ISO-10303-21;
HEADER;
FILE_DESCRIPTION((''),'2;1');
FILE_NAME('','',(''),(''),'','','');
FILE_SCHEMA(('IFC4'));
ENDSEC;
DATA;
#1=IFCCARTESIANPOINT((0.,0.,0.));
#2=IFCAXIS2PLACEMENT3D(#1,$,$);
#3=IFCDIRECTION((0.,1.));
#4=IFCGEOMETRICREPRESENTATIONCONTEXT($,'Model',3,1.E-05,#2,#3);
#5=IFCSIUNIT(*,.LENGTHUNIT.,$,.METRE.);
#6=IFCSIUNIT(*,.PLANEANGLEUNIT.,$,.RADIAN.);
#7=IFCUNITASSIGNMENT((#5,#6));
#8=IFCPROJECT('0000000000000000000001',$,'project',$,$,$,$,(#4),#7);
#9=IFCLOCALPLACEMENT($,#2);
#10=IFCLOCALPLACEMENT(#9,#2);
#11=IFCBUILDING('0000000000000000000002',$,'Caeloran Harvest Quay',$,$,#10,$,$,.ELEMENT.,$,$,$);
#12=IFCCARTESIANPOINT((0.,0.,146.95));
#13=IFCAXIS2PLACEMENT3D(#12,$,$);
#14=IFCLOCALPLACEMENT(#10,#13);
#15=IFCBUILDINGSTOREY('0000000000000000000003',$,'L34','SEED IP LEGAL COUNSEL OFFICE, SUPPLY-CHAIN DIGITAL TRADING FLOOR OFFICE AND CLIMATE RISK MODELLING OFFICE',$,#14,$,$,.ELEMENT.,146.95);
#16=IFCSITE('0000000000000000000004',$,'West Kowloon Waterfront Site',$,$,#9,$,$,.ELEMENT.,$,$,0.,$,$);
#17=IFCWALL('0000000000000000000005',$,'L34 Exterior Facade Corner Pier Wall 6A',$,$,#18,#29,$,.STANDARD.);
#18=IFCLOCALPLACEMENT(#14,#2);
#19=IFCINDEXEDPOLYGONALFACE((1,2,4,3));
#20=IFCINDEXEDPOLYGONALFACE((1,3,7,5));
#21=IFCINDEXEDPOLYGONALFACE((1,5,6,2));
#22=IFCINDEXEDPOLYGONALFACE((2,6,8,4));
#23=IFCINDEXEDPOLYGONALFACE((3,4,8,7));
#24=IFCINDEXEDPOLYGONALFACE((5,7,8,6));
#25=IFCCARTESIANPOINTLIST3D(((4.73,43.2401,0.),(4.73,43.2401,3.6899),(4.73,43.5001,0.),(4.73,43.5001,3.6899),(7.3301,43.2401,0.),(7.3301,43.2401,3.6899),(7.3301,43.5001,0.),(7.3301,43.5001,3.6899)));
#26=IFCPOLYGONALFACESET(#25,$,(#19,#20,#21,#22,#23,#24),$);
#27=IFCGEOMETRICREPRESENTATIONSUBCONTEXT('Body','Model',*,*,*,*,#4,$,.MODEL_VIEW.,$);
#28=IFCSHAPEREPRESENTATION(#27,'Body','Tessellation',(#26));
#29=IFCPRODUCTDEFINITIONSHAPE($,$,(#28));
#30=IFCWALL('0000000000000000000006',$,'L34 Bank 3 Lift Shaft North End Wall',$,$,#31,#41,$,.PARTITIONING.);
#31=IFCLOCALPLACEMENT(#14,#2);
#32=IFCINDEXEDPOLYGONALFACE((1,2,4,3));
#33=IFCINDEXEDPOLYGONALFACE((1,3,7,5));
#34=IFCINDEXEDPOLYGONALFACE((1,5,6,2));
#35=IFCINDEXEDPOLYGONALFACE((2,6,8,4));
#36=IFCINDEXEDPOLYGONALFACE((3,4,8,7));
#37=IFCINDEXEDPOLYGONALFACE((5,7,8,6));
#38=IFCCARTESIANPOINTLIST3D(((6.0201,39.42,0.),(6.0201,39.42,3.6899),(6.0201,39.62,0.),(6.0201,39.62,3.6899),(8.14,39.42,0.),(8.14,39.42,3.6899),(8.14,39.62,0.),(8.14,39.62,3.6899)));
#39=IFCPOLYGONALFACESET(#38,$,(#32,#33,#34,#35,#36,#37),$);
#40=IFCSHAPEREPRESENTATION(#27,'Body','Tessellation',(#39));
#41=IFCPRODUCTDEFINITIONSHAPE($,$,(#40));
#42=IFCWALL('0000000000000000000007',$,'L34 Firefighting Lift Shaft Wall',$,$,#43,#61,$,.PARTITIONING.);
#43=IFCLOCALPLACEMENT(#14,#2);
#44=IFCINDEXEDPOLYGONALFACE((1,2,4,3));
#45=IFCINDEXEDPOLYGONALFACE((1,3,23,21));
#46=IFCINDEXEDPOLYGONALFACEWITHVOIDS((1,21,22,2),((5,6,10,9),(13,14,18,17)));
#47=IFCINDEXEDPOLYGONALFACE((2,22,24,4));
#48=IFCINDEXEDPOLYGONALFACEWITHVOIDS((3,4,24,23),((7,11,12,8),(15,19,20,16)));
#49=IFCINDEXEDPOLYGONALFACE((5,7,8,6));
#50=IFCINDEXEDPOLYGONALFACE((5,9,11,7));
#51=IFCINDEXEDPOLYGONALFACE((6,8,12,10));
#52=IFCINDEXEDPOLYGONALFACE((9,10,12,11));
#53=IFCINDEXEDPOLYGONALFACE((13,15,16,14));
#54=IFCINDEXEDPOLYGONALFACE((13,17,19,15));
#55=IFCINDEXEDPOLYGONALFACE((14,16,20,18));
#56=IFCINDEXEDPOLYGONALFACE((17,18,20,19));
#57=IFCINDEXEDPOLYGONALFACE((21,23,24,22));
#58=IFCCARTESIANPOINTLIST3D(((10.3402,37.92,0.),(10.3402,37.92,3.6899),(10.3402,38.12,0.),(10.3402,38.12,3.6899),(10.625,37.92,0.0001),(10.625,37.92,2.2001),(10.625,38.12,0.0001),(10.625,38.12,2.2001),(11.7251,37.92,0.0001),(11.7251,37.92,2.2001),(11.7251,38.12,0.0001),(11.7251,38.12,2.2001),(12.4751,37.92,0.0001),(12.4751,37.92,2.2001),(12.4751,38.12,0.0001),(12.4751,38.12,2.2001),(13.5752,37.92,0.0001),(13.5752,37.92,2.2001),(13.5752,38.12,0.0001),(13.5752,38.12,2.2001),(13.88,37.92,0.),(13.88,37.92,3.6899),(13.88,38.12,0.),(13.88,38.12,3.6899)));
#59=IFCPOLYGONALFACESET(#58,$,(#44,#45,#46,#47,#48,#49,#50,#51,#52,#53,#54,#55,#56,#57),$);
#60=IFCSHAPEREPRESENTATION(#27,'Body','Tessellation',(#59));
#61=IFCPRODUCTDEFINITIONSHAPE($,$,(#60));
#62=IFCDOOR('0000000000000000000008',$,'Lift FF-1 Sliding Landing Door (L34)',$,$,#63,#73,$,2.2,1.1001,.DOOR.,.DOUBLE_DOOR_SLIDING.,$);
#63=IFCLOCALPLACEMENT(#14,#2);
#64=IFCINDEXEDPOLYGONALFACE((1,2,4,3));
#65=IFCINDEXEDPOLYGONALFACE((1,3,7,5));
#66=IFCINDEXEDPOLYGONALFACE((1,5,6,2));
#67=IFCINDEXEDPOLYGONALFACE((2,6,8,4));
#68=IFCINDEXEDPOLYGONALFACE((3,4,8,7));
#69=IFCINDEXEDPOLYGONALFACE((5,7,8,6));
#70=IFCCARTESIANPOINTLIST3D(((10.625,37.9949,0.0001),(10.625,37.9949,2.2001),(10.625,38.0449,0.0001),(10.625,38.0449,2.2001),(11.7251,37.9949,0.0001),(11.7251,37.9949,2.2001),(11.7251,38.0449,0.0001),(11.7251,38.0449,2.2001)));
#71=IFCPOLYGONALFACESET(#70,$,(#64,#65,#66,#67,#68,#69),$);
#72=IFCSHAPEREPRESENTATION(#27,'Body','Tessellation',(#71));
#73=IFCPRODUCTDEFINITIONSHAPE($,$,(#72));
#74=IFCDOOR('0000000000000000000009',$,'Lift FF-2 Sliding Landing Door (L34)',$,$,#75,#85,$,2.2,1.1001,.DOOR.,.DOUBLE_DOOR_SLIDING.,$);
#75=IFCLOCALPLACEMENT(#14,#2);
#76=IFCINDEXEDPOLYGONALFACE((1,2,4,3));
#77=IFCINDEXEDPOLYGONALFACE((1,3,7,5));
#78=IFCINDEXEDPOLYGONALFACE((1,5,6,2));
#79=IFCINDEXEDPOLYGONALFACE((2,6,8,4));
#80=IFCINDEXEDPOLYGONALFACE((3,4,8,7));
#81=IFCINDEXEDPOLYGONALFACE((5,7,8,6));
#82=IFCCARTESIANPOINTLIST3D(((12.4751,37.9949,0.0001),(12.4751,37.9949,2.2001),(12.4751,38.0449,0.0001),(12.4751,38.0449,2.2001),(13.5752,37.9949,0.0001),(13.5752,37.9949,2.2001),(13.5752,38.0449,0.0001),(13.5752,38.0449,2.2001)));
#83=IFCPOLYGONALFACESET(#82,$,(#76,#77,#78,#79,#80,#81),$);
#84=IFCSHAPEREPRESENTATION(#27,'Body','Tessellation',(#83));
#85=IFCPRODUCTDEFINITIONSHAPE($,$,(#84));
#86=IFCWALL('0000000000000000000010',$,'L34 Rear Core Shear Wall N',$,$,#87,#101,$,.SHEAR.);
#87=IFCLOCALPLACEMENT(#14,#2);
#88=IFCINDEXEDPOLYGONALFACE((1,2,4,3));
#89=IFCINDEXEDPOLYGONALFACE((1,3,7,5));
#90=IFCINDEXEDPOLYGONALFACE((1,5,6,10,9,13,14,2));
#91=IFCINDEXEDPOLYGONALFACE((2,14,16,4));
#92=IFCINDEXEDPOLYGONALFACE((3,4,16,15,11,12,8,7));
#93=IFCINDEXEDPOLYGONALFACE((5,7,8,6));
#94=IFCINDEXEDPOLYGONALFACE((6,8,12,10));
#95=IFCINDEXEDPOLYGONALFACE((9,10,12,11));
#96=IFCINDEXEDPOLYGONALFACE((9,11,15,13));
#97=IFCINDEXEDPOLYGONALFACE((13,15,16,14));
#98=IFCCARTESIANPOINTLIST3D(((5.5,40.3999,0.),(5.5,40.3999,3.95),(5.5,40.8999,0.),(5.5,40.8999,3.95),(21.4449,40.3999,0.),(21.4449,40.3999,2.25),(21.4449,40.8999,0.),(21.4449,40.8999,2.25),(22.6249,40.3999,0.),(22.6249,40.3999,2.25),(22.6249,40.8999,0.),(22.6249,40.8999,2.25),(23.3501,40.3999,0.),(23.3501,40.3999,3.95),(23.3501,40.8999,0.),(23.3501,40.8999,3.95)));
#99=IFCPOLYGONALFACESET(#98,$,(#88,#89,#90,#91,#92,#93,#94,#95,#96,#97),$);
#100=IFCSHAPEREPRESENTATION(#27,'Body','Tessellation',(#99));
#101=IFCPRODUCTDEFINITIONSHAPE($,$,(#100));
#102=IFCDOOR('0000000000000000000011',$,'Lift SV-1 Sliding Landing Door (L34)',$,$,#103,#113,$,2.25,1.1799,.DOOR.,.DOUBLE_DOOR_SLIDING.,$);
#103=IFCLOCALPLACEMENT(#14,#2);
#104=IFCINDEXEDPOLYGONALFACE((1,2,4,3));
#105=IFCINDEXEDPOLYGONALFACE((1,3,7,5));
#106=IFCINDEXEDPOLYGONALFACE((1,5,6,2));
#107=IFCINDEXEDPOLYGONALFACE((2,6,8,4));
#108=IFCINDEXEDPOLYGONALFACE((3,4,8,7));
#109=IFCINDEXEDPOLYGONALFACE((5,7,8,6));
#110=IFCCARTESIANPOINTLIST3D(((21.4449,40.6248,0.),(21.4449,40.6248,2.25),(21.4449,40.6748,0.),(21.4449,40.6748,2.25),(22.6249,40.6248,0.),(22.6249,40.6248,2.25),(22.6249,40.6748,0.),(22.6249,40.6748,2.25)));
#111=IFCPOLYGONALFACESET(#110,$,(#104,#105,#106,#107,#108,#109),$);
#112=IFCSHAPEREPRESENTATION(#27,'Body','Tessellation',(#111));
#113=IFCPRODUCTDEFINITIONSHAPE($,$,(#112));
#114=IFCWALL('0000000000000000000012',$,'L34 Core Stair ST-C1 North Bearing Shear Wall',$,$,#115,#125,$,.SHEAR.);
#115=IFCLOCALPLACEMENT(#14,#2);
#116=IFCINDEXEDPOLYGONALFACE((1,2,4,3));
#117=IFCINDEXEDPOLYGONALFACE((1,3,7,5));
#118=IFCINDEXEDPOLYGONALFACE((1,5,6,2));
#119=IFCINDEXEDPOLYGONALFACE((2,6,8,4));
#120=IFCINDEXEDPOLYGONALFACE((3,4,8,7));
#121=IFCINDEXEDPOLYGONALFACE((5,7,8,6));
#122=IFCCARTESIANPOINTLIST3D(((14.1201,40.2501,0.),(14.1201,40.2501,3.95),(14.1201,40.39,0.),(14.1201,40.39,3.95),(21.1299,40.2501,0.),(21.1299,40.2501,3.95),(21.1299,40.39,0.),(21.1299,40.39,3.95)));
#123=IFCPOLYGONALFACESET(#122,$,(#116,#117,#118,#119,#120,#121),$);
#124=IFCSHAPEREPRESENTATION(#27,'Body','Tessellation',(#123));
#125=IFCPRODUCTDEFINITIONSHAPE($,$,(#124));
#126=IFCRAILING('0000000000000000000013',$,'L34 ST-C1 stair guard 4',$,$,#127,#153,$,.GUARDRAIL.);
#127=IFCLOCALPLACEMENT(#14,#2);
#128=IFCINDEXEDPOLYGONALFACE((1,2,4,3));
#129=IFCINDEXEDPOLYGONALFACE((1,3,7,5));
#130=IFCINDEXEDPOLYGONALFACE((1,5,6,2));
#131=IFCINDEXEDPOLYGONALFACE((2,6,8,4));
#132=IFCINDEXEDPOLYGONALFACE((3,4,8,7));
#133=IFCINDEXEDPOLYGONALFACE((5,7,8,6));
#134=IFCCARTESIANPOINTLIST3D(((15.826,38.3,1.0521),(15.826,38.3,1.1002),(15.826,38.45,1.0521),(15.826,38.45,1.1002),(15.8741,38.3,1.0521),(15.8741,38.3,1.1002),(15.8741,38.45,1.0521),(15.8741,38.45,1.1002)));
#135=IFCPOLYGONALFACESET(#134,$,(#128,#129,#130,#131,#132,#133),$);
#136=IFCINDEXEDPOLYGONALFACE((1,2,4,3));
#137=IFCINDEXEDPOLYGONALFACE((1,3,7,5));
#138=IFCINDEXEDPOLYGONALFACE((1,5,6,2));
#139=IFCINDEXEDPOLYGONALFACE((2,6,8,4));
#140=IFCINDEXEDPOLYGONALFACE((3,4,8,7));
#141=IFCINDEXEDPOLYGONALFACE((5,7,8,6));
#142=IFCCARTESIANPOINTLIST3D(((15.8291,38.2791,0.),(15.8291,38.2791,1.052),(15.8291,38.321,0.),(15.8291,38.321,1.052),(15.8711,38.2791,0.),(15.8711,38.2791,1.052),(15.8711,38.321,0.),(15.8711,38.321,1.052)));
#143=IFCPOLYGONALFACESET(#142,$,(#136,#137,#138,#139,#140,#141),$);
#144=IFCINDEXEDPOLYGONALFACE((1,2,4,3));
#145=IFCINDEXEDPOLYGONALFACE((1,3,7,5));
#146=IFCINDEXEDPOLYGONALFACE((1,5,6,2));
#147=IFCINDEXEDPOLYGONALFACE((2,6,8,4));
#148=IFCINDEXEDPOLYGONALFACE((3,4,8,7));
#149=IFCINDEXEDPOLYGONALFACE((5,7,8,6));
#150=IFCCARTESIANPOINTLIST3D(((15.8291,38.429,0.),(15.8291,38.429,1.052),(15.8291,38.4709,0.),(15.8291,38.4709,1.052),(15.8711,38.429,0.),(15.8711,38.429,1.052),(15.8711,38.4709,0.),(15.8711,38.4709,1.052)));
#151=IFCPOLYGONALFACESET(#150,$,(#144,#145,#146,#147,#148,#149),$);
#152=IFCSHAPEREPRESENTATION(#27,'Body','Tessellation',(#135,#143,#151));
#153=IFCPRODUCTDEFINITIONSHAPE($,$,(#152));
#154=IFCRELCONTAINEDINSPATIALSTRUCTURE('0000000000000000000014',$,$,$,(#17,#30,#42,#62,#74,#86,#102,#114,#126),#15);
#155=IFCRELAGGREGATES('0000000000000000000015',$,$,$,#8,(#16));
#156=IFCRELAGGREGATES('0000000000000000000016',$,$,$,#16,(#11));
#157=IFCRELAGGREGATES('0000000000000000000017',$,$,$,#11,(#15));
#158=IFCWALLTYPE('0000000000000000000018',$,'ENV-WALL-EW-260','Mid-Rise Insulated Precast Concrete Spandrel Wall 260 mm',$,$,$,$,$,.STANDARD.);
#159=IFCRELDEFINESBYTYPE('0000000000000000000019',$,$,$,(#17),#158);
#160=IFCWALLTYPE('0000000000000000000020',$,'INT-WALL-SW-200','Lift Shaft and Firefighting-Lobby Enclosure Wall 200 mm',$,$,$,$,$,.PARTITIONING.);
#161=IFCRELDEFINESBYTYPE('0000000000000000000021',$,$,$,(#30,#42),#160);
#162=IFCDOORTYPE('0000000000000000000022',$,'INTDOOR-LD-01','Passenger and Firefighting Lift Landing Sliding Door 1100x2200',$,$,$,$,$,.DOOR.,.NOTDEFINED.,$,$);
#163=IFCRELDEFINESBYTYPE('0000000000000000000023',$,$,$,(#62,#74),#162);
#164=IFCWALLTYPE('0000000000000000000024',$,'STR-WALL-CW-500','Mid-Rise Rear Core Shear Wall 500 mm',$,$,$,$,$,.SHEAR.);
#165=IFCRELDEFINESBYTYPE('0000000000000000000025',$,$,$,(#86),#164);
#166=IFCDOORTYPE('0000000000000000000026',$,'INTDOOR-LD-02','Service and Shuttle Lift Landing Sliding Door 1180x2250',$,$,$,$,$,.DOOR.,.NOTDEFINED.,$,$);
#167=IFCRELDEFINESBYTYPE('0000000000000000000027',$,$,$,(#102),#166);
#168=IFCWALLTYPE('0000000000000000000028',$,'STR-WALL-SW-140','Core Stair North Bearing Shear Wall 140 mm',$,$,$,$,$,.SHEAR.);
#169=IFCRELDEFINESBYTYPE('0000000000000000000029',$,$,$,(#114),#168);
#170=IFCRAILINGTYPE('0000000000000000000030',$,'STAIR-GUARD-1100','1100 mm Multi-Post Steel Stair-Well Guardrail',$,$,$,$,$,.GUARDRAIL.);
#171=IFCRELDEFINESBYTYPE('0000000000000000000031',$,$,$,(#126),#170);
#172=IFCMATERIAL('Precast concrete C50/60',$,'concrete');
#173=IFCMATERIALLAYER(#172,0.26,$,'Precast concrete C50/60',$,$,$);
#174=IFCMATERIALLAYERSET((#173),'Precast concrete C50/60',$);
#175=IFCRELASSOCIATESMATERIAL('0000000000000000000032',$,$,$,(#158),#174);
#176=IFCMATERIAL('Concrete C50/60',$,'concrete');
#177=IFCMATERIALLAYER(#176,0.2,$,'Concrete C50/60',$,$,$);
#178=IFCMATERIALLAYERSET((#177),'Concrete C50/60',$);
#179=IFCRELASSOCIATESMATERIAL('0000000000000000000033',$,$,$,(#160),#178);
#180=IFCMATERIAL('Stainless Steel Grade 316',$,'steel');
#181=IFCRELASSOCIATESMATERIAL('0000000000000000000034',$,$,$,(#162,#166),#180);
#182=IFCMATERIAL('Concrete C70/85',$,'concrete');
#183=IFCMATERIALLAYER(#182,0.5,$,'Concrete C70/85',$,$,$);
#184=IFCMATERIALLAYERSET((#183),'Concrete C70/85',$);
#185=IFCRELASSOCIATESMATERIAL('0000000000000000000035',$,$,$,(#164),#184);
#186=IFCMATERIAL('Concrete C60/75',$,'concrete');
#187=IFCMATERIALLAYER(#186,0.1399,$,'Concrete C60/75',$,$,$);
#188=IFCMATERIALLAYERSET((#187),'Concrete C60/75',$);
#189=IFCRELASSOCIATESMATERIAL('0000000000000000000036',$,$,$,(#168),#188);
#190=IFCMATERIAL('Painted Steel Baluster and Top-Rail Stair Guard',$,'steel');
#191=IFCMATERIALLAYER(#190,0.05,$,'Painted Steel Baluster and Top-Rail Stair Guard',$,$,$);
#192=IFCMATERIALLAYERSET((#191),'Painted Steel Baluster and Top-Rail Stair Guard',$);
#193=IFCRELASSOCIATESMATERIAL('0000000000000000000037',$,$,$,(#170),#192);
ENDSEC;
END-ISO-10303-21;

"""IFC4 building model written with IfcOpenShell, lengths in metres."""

from ifc_helpers import new_model, si_unit, direction, frame, frame_2d, origin, origin_2d, place, context, subcontext, project, spatial, rectangle, extrude, material, layer, layer_set, type_object, element, fill, save


model = new_model("IFC4")

# Units and contexts
model_context = context("Model", 3, precision=1e-05, world=origin(), true_north=direction((0.0, 1.0)))
body_context = subcontext(model_context, "Body", "Model", "MODEL_VIEW")
ifc_project = project(units=[si_unit("LENGTHUNIT", "METRE"), si_unit("PLANEANGLEUNIT", "RADIAN")], contexts=[model_context])

# Site, building, storey
site_placement = place(None, origin())
site = spatial("IfcSite", under=ifc_project, at=site_placement, Name="West Kowloon Waterfront Site", CompositionType="ELEMENT", RefElevation=0.0)
building_placement = place(site_placement, origin())
building = spatial("IfcBuilding", under=site, at=building_placement, Name="Caeloran Harvest Quay", CompositionType="ELEMENT")
storey_placement = place(building_placement, frame((0.0, 0.0, 146.95)))
storey = spatial("IfcBuildingStorey", under=building, at=storey_placement, Name="L34", Description="SEED IP LEGAL COUNSEL OFFICE, SUPPLY-CHAIN DIGITAL TRADING FLOOR OFFICE AND CLIMATE RISK MODELLING OFFICE", CompositionType="ELEMENT", Elevation=146.95)

# Walls
ifc_material_1 = material(Name="Precast concrete C50/60", Category="concrete")
ifc_layer_1 = layer(ifc_material_1, 0.26, Name="Precast concrete C50/60")
ifc_layer_set_1 = layer_set([ifc_layer_1], Name="Precast concrete C50/60")
wall_type_1 = type_object("IfcWallType", Name="ENV-WALL-EW-260", Description="Mid-Rise Insulated Precast Concrete Spandrel Wall 260 mm", PredefinedType="STANDARD", material=ifc_layer_set_1)
wall_1_placement = place(storey_placement, frame((4.73, 43.3701, 0.0), z_axis=(0.0, 0.0, 1.0), x_axis=(1.0, 0.0, 0.0)))
element("IfcWall", 1, at=wall_1_placement, inside=storey, type_object=wall_type_1, Name="L34 Exterior Facade Corner Pier Wall 6A", PredefinedType="STANDARD", context=body_context, shape_type="SweptSolid", body=[
    extrude(rectangle(XDim=2.6001, YDim=0.26, at=frame_2d((1.3, 0.0))), origin(), (0.0, 0.0, 1.0), 3.6899),
])
ifc_material_2 = material(Name="Concrete C50/60", Category="concrete")
ifc_layer_2 = layer(ifc_material_2, 0.2, Name="Concrete C50/60")
ifc_layer_set_2 = layer_set([ifc_layer_2], Name="Concrete C50/60")
wall_type_2 = type_object("IfcWallType", Name="INT-WALL-SW-200", Description="Lift Shaft and Firefighting-Lobby Enclosure Wall 200 mm", PredefinedType="PARTITIONING", material=ifc_layer_set_2)
wall_2_placement = place(storey_placement, frame((6.02, 39.52, 0.0), z_axis=(0.0, 0.0, 1.0), x_axis=(1.0, 0.0, 0.0)))
element("IfcWall", 2, at=wall_2_placement, inside=storey, type_object=wall_type_2, Name="L34 Bank 3 Lift Shaft North End Wall", PredefinedType="PARTITIONING", context=body_context, shape_type="SweptSolid", body=[
    extrude(rectangle(XDim=2.1199, YDim=0.2, at=frame_2d((1.0601, 0.0))), origin(), (0.0, 0.0, 1.0), 3.6899),
])

# Wall, openings, doors
wall_3_placement = place(storey_placement, frame((10.3401, 38.02, 0.0), z_axis=(0.0, 0.0, 1.0), x_axis=(1.0, 0.0, 0.0)))
wall_3 = element("IfcWall", 3, at=wall_3_placement, inside=storey, type_object=wall_type_2, Name="L34 Firefighting Lift Shaft Wall", PredefinedType="PARTITIONING", context=body_context, shape_type="SweptSolid", body=[
    extrude(rectangle(XDim=3.5398, YDim=0.2, at=frame_2d((1.77, 0.0))), origin(), (0.0, 0.0, 1.0), 3.6899),
])
opening_1_placement = place(wall_3_placement, frame((0.2849, 0.0, 0.0)))
opening_1 = element("IfcOpeningElement", 4, at=opening_1_placement, cuts=wall_3, PredefinedType="OPENING", context=body_context, shape_type="SweptSolid", body=[
    extrude(rectangle(XDim=1.1001, YDim=2.2, at=frame_2d((0.55, 1.1001))), frame((0.0, 0.1099, 0.0), z_axis=(0.0, -1.0, 0.0), x_axis=(1.0, 0.0, 0.0)), (0.0, 0.0, 1.0), 0.22),
])
opening_2_placement = place(wall_3_placement, frame((2.135, 0.0, 0.0)))
opening_2 = element("IfcOpeningElement", 5, at=opening_2_placement, cuts=wall_3, PredefinedType="OPENING", context=body_context, shape_type="SweptSolid", body=[
    extrude(rectangle(XDim=1.1001, YDim=2.2, at=frame_2d((0.55, 1.1001))), frame((0.0, 0.1099, 0.0), z_axis=(0.0, -1.0, 0.0), x_axis=(1.0, 0.0, 0.0)), (0.0, 0.0, 1.0), 0.22),
])
ifc_material_3 = material(Name="Stainless Steel Grade 316", Category="steel")
door_type_1 = type_object("IfcDoorType", Name="INTDOOR-LD-01", Description="Passenger and Firefighting Lift Landing Sliding Door 1100x2200", OperationType="NOTDEFINED", PredefinedType="DOOR", material=ifc_material_3)
door_1_placement = place(opening_1_placement, origin())
door_1 = element("IfcDoor", 6, at=door_1_placement, inside=storey, type_object=door_type_1, Name="Lift FF-1 Sliding Landing Door (L34)", OperationType="DOUBLE_DOOR_SLIDING", OverallHeight=2.2, OverallWidth=1.1001, PredefinedType="DOOR", context=body_context, shape_type="SweptSolid", body=[
    extrude(rectangle(XDim=1.1001, YDim=2.2, at=frame_2d((0.55, 1.1001))), frame((0.0, 0.0249, 0.0), z_axis=(0.0, -1.0, 0.0), x_axis=(1.0, 0.0, 0.0)), (0.0, 0.0, 1.0), 0.05),
])
fill(opening_1, door_1)
door_2_placement = place(opening_2_placement, origin())
door_2 = element("IfcDoor", 7, at=door_2_placement, inside=storey, type_object=door_type_1, Name="Lift FF-2 Sliding Landing Door (L34)", OperationType="DOUBLE_DOOR_SLIDING", OverallHeight=2.2, OverallWidth=1.1001, PredefinedType="DOOR", context=body_context, shape_type="SweptSolid", body=[
    extrude(rectangle(XDim=1.1001, YDim=2.2, at=frame_2d((0.55, 1.1001))), frame((0.0, 0.0249, 0.0), z_axis=(0.0, -1.0, 0.0), x_axis=(1.0, 0.0, 0.0)), (0.0, 0.0, 1.0), 0.05),
])
fill(opening_2, door_2)

# Wall, opening, door
ifc_material_4 = material(Name="Concrete C70/85", Category="concrete")
ifc_layer_3 = layer(ifc_material_4, 0.5, Name="Concrete C70/85")
ifc_layer_set_3 = layer_set([ifc_layer_3], Name="Concrete C70/85")
wall_type_3 = type_object("IfcWallType", Name="STR-WALL-CW-500", Description="Mid-Rise Rear Core Shear Wall 500 mm", PredefinedType="SHEAR", material=ifc_layer_set_3)
wall_4_placement = place(storey_placement, frame((5.5, 40.6499, 0.0), z_axis=(0.0, 0.0, 1.0), x_axis=(1.0, 0.0, 0.0)))
wall_4 = element("IfcWall", 8, at=wall_4_placement, inside=storey, type_object=wall_type_3, Name="L34 Rear Core Shear Wall N", PredefinedType="SHEAR", context=body_context, shape_type="SweptSolid", body=[
    extrude(rectangle(XDim=17.8501, YDim=0.5, at=frame_2d((8.925, 0.0))), origin(), (0.0, 0.0, 1.0), 3.95),
])
opening_3_placement = place(wall_4_placement, frame((15.9451, 0.0, 0.0)))
opening_3 = element("IfcOpeningElement", 9, at=opening_3_placement, cuts=wall_4, PredefinedType="OPENING", context=body_context, shape_type="SweptSolid", body=[
    extrude(rectangle(XDim=1.1799, YDim=2.25, at=frame_2d((0.5898, 1.125))), frame((0.0, 0.26, 0.0), z_axis=(0.0, -1.0, 0.0), x_axis=(1.0, 0.0, 0.0)), (0.0, 0.0, 1.0), 0.52),
])
door_type_2 = type_object("IfcDoorType", Name="INTDOOR-LD-02", Description="Service and Shuttle Lift Landing Sliding Door 1180x2250", OperationType="NOTDEFINED", PredefinedType="DOOR", material=ifc_material_3)
door_3_placement = place(opening_3_placement, origin())
door_3 = element("IfcDoor", 10, at=door_3_placement, inside=storey, type_object=door_type_2, Name="Lift SV-1 Sliding Landing Door (L34)", OperationType="DOUBLE_DOOR_SLIDING", OverallHeight=2.25, OverallWidth=1.1799, PredefinedType="DOOR", context=body_context, shape_type="SweptSolid", body=[
    extrude(rectangle(XDim=1.1799, YDim=2.25, at=frame_2d((0.5898, 1.125))), frame((0.0, 0.0249, 0.0), z_axis=(0.0, -1.0, 0.0), x_axis=(1.0, 0.0, 0.0)), (0.0, 0.0, 1.0), 0.05),
])
fill(opening_3, door_3)

# Wall
ifc_material_5 = material(Name="Concrete C60/75", Category="concrete")
ifc_layer_4 = layer(ifc_material_5, 0.1399, Name="Concrete C60/75")
ifc_layer_set_4 = layer_set([ifc_layer_4], Name="Concrete C60/75")
wall_type_4 = type_object("IfcWallType", Name="STR-WALL-SW-140", Description="Core Stair North Bearing Shear Wall 140 mm", PredefinedType="SHEAR", material=ifc_layer_set_4)
wall_5_placement = place(storey_placement, frame((14.1201, 40.3201, 0.0), z_axis=(0.0, 0.0, 1.0), x_axis=(1.0, 0.0, 0.0)))
element("IfcWall", 11, at=wall_5_placement, inside=storey, type_object=wall_type_4, Name="L34 Core Stair ST-C1 North Bearing Shear Wall", PredefinedType="SHEAR", context=body_context, shape_type="SweptSolid", body=[
    extrude(rectangle(XDim=7.0098, YDim=0.1399, at=frame_2d((3.5049, 0.0))), origin(), (0.0, 0.0, 1.0), 3.95),
])

# Railing
ifc_material_6 = material(Name="Painted Steel Baluster and Top-Rail Stair Guard", Category="steel")
ifc_layer_5 = layer(ifc_material_6, 0.05, Name="Painted Steel Baluster and Top-Rail Stair Guard")
ifc_layer_set_5 = layer_set([ifc_layer_5], Name="Painted Steel Baluster and Top-Rail Stair Guard")
railing_type = type_object("IfcRailingType", Name="STAIR-GUARD-1100", Description="1100 mm Multi-Post Steel Stair-Well Guardrail", PredefinedType="GUARDRAIL", material=ifc_layer_set_5)
railing_placement = place(storey_placement, frame((15.8501, 38.3, 0.0)))
element("IfcRailing", 12, at=railing_placement, inside=storey, type_object=railing_type, Name="L34 ST-C1 stair guard 4", PredefinedType="GUARDRAIL", context=body_context, shape_type="SweptSolid", body=[
    extrude(rectangle(XDim=0.0481, YDim=0.0481, at=origin_2d()), frame((0.0, 0.0, 1.0762), z_axis=(0.0, 1.0, 0.0), x_axis=(-1.0, 0.0, 0.0)), (0.0, 0.0, 1.0), 0.1499),
    extrude(rectangle(XDim=0.042, YDim=0.042, at=origin_2d()), origin(), (0.0, 0.0, 1.0), 1.052),
    extrude(rectangle(XDim=0.042, YDim=0.042, at=origin_2d()), frame((0.0, 0.1499, 0.0)), (0.0, 0.0, 1.0), 1.052),
])

save(model, "model.ifc")
